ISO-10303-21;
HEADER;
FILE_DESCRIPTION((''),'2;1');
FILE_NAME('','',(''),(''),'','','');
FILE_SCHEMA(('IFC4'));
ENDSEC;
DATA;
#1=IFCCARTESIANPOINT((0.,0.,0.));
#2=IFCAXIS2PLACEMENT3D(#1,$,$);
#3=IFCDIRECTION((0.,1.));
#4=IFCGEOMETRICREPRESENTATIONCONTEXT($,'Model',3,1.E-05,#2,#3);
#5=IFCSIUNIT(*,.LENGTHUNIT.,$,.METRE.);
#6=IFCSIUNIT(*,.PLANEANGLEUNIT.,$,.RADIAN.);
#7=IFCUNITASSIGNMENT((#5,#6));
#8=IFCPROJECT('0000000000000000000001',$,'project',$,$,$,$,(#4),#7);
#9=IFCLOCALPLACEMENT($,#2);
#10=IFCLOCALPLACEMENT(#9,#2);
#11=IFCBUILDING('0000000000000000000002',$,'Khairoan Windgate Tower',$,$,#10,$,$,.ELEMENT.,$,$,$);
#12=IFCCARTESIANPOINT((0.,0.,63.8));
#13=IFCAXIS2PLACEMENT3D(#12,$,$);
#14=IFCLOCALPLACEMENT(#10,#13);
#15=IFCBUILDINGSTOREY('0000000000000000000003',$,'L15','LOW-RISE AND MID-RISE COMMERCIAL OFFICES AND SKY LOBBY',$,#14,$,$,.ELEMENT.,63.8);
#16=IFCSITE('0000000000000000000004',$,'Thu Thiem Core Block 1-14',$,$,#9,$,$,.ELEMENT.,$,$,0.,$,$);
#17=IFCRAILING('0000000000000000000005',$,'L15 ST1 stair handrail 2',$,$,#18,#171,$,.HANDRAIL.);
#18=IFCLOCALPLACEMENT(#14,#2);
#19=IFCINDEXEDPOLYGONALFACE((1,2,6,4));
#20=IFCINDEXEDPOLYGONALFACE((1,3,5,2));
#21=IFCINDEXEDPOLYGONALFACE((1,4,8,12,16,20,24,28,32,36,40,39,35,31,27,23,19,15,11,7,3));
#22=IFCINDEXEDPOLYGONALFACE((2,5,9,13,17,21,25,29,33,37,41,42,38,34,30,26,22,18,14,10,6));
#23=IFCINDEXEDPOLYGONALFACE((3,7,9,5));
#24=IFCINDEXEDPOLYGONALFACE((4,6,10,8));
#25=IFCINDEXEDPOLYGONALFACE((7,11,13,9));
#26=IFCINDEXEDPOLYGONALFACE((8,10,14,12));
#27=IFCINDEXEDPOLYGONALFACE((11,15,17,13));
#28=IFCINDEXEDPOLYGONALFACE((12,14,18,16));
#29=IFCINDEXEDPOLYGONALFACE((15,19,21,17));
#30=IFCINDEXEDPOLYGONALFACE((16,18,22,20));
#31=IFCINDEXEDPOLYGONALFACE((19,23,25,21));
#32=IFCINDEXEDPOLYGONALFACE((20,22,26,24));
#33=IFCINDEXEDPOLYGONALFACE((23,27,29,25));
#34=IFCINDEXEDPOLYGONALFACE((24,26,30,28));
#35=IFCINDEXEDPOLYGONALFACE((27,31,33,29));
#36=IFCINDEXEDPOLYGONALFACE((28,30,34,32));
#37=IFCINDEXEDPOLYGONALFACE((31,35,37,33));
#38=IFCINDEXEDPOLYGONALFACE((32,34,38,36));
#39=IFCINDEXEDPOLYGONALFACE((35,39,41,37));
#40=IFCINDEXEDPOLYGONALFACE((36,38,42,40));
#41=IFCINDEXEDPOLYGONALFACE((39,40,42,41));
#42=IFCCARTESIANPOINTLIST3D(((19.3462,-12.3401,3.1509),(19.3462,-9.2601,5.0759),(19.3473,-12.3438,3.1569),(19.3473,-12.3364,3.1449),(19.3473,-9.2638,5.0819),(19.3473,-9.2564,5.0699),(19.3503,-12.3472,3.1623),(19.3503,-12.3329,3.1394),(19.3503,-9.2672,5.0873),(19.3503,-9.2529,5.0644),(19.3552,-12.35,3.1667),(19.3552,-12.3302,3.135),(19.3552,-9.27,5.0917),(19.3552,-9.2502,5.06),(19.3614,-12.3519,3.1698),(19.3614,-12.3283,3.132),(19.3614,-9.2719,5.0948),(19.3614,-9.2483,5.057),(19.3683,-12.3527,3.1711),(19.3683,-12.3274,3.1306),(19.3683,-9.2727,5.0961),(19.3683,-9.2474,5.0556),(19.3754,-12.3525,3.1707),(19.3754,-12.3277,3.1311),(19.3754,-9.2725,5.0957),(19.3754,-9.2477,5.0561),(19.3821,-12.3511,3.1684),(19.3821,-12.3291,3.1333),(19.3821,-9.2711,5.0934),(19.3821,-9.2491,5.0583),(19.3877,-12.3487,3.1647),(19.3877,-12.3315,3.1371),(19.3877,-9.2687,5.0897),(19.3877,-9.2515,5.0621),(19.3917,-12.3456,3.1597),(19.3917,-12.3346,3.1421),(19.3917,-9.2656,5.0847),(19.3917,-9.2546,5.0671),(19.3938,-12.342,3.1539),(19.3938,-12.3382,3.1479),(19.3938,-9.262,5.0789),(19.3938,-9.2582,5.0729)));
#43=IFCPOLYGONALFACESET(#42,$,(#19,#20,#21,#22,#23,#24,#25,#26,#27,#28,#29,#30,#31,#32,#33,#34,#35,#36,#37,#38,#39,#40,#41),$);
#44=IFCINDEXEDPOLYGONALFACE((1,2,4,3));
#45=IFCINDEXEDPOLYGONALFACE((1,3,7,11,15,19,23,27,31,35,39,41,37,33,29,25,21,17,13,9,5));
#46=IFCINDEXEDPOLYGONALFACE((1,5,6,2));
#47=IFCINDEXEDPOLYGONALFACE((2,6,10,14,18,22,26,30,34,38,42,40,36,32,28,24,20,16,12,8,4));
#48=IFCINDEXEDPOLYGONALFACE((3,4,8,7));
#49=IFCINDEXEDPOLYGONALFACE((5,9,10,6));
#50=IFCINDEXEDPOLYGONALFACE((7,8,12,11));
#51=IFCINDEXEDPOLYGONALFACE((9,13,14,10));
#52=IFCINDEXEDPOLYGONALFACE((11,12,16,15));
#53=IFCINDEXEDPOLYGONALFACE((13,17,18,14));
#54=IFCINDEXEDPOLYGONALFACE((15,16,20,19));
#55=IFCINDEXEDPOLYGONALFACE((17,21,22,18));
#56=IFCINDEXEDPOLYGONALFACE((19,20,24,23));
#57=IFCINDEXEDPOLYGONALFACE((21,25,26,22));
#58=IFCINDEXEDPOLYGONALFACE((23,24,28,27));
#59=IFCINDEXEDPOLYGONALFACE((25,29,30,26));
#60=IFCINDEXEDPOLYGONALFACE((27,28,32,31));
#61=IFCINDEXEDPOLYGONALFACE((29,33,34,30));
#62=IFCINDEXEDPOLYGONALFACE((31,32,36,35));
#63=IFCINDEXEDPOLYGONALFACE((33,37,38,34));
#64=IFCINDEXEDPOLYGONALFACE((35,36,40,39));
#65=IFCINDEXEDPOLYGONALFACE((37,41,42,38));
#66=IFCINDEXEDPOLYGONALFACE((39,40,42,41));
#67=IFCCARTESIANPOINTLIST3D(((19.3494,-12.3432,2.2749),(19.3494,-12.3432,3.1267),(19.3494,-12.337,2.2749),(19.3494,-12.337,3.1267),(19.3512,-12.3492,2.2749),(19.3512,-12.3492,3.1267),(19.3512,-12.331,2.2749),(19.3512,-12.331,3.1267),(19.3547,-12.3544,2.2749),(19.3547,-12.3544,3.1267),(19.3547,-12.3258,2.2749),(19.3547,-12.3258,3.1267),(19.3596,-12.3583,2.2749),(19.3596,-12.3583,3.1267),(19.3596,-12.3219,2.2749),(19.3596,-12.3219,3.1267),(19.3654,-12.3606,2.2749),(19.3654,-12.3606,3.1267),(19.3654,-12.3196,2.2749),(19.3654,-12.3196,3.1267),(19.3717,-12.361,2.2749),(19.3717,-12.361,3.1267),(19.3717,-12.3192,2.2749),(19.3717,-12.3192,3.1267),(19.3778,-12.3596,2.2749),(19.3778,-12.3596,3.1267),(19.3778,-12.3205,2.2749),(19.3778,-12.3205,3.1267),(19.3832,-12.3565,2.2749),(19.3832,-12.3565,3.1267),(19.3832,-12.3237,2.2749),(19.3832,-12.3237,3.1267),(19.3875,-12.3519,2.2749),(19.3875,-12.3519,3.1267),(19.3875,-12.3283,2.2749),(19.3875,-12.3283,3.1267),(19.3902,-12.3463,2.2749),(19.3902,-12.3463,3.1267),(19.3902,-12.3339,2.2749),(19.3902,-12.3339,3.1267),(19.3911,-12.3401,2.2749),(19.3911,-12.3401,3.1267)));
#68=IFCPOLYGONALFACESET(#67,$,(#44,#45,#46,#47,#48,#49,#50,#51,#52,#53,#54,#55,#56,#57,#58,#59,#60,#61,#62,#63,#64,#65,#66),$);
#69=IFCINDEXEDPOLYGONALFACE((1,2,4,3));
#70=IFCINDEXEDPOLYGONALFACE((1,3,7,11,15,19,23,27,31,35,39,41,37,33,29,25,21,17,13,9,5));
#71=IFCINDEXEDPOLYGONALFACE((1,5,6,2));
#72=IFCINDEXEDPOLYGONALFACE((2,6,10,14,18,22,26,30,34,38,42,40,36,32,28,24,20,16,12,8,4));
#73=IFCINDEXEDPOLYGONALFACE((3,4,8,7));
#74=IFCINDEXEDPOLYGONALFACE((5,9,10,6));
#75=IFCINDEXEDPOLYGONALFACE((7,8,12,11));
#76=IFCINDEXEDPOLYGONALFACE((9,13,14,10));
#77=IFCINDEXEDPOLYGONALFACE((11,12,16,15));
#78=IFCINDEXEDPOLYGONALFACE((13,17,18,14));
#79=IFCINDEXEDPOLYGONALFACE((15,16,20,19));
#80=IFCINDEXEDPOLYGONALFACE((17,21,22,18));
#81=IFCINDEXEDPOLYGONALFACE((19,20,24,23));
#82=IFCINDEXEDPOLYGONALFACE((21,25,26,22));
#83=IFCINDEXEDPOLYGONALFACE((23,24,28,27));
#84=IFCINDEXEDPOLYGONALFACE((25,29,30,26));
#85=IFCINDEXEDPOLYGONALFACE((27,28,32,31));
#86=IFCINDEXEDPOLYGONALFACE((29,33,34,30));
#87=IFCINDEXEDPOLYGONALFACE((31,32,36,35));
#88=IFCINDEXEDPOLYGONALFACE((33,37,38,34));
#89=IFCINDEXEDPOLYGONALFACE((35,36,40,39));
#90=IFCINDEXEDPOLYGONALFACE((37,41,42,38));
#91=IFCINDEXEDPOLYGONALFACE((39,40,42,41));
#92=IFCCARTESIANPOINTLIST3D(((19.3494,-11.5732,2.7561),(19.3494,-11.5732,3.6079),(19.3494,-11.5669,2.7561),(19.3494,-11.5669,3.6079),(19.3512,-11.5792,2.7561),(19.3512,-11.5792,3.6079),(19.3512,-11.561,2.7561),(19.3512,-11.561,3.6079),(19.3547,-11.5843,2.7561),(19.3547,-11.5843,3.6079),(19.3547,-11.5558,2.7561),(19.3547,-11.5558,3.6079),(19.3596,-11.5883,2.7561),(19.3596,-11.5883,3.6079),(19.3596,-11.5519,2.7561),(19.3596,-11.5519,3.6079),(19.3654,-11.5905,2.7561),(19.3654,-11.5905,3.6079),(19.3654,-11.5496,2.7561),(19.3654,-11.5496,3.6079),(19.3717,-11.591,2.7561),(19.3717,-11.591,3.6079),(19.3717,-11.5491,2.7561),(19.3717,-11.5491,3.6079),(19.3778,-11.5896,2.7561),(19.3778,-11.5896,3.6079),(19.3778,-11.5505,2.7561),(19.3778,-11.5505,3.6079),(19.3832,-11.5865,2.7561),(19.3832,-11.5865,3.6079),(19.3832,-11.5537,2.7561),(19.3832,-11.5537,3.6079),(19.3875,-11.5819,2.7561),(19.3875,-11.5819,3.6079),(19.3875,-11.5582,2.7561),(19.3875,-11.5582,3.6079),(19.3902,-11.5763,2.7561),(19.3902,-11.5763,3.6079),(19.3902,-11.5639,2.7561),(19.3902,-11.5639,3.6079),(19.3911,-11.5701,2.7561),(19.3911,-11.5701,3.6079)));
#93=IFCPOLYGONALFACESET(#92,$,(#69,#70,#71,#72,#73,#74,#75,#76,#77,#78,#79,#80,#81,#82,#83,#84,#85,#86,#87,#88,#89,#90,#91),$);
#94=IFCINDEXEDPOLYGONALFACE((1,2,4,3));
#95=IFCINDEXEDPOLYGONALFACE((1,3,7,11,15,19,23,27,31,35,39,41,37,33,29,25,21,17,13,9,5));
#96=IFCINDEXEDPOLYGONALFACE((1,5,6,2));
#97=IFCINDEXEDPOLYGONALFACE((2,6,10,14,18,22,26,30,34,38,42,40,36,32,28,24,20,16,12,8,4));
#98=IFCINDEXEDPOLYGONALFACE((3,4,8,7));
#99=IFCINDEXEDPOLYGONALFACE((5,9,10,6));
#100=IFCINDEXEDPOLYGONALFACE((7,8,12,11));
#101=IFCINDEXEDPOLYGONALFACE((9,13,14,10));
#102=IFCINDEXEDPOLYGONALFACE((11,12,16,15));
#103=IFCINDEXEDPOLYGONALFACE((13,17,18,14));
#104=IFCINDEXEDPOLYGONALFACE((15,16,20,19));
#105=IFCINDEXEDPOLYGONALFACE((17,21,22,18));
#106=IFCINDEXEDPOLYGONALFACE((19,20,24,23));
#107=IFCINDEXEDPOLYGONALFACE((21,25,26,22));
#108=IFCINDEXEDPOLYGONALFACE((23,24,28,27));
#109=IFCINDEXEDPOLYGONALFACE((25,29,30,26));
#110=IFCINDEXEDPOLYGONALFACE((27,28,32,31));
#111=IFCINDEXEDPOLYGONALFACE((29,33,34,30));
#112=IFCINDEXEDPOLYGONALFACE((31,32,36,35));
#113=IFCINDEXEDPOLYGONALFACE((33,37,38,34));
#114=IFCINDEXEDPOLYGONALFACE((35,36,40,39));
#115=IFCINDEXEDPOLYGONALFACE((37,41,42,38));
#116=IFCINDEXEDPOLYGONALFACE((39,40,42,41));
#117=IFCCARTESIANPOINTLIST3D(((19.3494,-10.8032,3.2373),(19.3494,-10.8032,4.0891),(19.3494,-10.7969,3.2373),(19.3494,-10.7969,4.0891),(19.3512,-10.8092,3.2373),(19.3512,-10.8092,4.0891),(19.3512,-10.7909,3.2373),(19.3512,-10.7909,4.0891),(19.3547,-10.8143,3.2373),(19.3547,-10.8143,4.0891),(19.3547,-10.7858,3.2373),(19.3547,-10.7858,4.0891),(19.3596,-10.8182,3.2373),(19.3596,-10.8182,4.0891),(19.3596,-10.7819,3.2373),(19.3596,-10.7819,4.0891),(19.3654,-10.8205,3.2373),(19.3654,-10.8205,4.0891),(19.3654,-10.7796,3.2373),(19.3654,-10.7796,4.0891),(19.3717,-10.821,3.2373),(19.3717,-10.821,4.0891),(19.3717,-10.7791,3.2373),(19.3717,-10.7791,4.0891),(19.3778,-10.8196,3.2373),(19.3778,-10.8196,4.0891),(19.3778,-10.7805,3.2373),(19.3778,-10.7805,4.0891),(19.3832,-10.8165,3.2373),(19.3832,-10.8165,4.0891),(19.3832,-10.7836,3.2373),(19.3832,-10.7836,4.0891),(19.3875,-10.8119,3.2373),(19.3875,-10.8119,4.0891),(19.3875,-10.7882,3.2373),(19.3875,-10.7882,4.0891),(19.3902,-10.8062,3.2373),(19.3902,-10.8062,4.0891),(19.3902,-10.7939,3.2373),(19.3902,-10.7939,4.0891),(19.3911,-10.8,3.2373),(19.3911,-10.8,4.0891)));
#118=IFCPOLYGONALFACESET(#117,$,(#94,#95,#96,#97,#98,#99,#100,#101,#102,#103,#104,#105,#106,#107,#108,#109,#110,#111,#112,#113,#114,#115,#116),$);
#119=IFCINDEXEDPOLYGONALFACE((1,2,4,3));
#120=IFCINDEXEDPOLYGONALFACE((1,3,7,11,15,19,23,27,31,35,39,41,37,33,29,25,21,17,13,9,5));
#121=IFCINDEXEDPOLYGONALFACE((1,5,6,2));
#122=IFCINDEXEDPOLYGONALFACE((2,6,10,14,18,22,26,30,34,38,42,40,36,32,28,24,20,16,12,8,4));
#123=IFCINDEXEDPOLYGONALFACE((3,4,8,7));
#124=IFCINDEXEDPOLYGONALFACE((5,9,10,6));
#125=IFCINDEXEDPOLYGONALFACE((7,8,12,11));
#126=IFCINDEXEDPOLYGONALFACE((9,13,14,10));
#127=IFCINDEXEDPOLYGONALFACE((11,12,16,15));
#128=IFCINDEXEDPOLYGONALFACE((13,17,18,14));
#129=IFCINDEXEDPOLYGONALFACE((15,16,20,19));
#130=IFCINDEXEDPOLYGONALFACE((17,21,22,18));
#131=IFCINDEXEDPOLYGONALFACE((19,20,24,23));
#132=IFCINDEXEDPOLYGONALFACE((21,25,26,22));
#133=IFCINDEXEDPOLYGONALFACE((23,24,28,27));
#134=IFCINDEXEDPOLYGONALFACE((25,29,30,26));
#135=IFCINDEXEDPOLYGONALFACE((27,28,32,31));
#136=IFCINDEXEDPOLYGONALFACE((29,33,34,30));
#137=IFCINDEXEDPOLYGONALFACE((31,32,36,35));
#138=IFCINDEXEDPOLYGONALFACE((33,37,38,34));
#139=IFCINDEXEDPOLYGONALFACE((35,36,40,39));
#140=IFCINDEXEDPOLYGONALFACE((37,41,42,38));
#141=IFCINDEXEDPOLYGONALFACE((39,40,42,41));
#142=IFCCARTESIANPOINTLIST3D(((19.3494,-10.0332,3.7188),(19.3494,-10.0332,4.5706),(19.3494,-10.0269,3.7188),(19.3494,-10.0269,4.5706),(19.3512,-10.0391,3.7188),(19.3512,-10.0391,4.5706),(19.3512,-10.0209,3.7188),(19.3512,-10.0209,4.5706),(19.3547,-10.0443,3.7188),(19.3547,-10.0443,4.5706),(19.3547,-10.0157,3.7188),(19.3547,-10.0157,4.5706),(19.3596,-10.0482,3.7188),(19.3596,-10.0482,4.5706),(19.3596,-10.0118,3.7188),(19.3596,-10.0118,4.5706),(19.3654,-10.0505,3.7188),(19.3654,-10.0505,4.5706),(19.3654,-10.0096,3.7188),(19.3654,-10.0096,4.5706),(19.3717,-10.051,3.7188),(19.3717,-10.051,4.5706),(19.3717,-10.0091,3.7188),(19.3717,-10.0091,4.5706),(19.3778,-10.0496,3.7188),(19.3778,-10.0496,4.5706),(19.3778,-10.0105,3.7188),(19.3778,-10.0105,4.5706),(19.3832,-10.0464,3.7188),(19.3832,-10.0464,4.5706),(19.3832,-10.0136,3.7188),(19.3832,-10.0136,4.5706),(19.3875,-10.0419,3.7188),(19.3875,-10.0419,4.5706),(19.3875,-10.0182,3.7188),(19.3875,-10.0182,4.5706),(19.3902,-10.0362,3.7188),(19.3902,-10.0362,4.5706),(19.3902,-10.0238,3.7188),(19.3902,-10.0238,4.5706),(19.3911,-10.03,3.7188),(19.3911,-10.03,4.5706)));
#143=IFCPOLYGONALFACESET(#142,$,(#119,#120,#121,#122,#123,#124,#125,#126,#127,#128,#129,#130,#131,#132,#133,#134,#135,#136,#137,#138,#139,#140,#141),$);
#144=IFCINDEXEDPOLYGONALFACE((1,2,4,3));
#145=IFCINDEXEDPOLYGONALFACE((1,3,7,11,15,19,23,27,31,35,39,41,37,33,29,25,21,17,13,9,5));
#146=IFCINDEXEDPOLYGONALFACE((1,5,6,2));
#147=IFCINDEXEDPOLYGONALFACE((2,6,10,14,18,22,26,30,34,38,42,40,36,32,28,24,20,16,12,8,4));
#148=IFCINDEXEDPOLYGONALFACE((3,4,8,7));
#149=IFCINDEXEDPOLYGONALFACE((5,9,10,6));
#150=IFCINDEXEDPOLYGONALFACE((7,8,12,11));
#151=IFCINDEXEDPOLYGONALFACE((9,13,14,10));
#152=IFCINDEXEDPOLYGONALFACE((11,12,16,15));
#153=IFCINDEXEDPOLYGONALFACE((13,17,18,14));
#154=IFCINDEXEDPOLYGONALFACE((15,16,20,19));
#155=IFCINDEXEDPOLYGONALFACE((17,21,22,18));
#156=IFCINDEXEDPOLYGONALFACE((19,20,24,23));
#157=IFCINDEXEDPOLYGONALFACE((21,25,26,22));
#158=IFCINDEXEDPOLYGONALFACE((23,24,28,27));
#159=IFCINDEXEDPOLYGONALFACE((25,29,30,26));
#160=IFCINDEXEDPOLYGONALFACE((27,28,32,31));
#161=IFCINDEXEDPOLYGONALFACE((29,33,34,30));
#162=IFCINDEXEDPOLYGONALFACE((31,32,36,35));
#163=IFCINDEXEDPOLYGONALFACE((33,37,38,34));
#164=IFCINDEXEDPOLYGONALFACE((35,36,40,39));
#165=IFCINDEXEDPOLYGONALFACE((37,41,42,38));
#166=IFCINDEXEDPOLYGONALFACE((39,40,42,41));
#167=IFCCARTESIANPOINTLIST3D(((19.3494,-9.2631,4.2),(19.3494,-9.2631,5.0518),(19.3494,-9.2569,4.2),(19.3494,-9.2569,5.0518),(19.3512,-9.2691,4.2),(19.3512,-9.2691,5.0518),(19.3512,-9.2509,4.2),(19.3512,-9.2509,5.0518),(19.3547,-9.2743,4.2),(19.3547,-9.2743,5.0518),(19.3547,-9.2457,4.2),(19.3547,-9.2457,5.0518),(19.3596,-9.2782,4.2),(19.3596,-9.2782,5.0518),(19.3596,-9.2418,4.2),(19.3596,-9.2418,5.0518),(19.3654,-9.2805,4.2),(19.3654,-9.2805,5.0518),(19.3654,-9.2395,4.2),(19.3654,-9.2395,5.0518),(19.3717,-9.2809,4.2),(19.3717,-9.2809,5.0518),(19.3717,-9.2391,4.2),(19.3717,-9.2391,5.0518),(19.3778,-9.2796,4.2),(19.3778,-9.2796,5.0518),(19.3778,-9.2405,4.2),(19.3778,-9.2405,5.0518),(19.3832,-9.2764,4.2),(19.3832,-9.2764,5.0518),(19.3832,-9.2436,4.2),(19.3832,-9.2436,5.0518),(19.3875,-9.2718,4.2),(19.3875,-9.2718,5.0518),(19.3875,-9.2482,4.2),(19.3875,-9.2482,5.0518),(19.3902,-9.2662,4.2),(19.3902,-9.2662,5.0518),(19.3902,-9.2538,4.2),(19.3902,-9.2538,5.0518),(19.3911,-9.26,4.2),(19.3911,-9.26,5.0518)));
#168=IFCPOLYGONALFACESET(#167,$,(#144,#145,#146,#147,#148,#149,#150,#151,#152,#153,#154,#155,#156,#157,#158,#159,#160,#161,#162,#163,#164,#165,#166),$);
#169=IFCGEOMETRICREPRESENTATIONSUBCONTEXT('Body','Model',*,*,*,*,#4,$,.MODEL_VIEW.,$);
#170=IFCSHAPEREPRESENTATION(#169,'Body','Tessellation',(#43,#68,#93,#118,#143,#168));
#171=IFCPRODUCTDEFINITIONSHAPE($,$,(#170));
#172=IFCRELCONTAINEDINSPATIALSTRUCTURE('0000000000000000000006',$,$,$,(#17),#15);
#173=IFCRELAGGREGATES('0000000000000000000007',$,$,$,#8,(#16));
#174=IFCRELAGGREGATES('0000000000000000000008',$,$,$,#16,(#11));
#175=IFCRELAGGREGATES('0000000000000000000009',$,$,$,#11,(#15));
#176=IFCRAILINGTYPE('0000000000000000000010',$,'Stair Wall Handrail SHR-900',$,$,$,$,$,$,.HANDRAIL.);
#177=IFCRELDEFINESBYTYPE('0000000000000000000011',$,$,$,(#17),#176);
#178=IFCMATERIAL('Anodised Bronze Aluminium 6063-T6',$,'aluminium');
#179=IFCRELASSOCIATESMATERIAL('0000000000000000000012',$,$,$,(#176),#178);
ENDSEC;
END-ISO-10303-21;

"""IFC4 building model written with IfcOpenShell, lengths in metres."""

from ifc_helpers import new_model, si_unit, direction, frame, origin, origin_2d, place, context, subcontext, project, spatial, circle, extrude, material, type_object, element, save


model = new_model("IFC4")

# Units and contexts
model_context = context("Model", 3, precision=1e-05, world=origin(), true_north=direction((0.0, 1.0)))
body_context = subcontext(model_context, "Body", "Model", "MODEL_VIEW")
ifc_project = project(units=[si_unit("LENGTHUNIT", "METRE"), si_unit("PLANEANGLEUNIT", "RADIAN")], contexts=[model_context])

# Site, building, storey
site_placement = place(None, origin())
site = spatial("IfcSite", under=ifc_project, at=site_placement, Name="Thu Thiem Core Block 1-14", CompositionType="ELEMENT", RefElevation=0.0)
building_placement = place(site_placement, origin())
building = spatial("IfcBuilding", under=site, at=building_placement, Name="Khairoan Windgate Tower", CompositionType="ELEMENT")
storey_placement = place(building_placement, frame((0.0, 0.0, 63.8)))
storey = spatial("IfcBuildingStorey", under=building, at=storey_placement, Name="L15", Description="LOW-RISE AND MID-RISE COMMERCIAL OFFICES AND SKY LOBBY", CompositionType="ELEMENT", Elevation=63.8)

# Railing
ifc_material_1 = material(Name="Anodised Bronze Aluminium 6063-T6", Category="aluminium")
railing_type_1 = type_object("IfcRailingType", Name="Stair Wall Handrail SHR-900", PredefinedType="HANDRAIL", material=ifc_material_1)
railing_1_placement = place(storey_placement, frame((19.3701, -12.3401, 2.2749)))
element("IfcRailing", 1, at=railing_1_placement, inside=storey, type_object=railing_type_1, Name="L15 ST1 stair handrail 2", PredefinedType="HANDRAIL", context=body_context, shape_type="SweptSolid", body=[
    extrude(circle(Radius=0.0239, at=origin_2d()), frame((0.0, 0.0, 0.876), z_axis=(0.0, 0.847998, 0.529999), x_axis=(-1.0, 0.0, 0.0)), (0.0, 0.0, 1.0), 3.6321),
    extrude(circle(Radius=0.021, at=origin_2d()), origin(), (0.0, 0.0, 1.0), 0.8518),
    extrude(circle(Radius=0.021, at=origin_2d()), frame((0.0, 0.77, 0.4812)), (0.0, 0.0, 1.0), 0.8518),
    extrude(circle(Radius=0.021, at=origin_2d()), frame((0.0, 1.54, 0.9624)), (0.0, 0.0, 1.0), 0.8518),
    extrude(circle(Radius=0.021, at=origin_2d()), frame((0.0, 2.3101, 1.4438)), (0.0, 0.0, 1.0), 0.8518),
    extrude(circle(Radius=0.021, at=origin_2d()), frame((0.0, 3.0801, 1.925)), (0.0, 0.0, 1.0), 0.8518),
])

save(model, "model.ifc")
